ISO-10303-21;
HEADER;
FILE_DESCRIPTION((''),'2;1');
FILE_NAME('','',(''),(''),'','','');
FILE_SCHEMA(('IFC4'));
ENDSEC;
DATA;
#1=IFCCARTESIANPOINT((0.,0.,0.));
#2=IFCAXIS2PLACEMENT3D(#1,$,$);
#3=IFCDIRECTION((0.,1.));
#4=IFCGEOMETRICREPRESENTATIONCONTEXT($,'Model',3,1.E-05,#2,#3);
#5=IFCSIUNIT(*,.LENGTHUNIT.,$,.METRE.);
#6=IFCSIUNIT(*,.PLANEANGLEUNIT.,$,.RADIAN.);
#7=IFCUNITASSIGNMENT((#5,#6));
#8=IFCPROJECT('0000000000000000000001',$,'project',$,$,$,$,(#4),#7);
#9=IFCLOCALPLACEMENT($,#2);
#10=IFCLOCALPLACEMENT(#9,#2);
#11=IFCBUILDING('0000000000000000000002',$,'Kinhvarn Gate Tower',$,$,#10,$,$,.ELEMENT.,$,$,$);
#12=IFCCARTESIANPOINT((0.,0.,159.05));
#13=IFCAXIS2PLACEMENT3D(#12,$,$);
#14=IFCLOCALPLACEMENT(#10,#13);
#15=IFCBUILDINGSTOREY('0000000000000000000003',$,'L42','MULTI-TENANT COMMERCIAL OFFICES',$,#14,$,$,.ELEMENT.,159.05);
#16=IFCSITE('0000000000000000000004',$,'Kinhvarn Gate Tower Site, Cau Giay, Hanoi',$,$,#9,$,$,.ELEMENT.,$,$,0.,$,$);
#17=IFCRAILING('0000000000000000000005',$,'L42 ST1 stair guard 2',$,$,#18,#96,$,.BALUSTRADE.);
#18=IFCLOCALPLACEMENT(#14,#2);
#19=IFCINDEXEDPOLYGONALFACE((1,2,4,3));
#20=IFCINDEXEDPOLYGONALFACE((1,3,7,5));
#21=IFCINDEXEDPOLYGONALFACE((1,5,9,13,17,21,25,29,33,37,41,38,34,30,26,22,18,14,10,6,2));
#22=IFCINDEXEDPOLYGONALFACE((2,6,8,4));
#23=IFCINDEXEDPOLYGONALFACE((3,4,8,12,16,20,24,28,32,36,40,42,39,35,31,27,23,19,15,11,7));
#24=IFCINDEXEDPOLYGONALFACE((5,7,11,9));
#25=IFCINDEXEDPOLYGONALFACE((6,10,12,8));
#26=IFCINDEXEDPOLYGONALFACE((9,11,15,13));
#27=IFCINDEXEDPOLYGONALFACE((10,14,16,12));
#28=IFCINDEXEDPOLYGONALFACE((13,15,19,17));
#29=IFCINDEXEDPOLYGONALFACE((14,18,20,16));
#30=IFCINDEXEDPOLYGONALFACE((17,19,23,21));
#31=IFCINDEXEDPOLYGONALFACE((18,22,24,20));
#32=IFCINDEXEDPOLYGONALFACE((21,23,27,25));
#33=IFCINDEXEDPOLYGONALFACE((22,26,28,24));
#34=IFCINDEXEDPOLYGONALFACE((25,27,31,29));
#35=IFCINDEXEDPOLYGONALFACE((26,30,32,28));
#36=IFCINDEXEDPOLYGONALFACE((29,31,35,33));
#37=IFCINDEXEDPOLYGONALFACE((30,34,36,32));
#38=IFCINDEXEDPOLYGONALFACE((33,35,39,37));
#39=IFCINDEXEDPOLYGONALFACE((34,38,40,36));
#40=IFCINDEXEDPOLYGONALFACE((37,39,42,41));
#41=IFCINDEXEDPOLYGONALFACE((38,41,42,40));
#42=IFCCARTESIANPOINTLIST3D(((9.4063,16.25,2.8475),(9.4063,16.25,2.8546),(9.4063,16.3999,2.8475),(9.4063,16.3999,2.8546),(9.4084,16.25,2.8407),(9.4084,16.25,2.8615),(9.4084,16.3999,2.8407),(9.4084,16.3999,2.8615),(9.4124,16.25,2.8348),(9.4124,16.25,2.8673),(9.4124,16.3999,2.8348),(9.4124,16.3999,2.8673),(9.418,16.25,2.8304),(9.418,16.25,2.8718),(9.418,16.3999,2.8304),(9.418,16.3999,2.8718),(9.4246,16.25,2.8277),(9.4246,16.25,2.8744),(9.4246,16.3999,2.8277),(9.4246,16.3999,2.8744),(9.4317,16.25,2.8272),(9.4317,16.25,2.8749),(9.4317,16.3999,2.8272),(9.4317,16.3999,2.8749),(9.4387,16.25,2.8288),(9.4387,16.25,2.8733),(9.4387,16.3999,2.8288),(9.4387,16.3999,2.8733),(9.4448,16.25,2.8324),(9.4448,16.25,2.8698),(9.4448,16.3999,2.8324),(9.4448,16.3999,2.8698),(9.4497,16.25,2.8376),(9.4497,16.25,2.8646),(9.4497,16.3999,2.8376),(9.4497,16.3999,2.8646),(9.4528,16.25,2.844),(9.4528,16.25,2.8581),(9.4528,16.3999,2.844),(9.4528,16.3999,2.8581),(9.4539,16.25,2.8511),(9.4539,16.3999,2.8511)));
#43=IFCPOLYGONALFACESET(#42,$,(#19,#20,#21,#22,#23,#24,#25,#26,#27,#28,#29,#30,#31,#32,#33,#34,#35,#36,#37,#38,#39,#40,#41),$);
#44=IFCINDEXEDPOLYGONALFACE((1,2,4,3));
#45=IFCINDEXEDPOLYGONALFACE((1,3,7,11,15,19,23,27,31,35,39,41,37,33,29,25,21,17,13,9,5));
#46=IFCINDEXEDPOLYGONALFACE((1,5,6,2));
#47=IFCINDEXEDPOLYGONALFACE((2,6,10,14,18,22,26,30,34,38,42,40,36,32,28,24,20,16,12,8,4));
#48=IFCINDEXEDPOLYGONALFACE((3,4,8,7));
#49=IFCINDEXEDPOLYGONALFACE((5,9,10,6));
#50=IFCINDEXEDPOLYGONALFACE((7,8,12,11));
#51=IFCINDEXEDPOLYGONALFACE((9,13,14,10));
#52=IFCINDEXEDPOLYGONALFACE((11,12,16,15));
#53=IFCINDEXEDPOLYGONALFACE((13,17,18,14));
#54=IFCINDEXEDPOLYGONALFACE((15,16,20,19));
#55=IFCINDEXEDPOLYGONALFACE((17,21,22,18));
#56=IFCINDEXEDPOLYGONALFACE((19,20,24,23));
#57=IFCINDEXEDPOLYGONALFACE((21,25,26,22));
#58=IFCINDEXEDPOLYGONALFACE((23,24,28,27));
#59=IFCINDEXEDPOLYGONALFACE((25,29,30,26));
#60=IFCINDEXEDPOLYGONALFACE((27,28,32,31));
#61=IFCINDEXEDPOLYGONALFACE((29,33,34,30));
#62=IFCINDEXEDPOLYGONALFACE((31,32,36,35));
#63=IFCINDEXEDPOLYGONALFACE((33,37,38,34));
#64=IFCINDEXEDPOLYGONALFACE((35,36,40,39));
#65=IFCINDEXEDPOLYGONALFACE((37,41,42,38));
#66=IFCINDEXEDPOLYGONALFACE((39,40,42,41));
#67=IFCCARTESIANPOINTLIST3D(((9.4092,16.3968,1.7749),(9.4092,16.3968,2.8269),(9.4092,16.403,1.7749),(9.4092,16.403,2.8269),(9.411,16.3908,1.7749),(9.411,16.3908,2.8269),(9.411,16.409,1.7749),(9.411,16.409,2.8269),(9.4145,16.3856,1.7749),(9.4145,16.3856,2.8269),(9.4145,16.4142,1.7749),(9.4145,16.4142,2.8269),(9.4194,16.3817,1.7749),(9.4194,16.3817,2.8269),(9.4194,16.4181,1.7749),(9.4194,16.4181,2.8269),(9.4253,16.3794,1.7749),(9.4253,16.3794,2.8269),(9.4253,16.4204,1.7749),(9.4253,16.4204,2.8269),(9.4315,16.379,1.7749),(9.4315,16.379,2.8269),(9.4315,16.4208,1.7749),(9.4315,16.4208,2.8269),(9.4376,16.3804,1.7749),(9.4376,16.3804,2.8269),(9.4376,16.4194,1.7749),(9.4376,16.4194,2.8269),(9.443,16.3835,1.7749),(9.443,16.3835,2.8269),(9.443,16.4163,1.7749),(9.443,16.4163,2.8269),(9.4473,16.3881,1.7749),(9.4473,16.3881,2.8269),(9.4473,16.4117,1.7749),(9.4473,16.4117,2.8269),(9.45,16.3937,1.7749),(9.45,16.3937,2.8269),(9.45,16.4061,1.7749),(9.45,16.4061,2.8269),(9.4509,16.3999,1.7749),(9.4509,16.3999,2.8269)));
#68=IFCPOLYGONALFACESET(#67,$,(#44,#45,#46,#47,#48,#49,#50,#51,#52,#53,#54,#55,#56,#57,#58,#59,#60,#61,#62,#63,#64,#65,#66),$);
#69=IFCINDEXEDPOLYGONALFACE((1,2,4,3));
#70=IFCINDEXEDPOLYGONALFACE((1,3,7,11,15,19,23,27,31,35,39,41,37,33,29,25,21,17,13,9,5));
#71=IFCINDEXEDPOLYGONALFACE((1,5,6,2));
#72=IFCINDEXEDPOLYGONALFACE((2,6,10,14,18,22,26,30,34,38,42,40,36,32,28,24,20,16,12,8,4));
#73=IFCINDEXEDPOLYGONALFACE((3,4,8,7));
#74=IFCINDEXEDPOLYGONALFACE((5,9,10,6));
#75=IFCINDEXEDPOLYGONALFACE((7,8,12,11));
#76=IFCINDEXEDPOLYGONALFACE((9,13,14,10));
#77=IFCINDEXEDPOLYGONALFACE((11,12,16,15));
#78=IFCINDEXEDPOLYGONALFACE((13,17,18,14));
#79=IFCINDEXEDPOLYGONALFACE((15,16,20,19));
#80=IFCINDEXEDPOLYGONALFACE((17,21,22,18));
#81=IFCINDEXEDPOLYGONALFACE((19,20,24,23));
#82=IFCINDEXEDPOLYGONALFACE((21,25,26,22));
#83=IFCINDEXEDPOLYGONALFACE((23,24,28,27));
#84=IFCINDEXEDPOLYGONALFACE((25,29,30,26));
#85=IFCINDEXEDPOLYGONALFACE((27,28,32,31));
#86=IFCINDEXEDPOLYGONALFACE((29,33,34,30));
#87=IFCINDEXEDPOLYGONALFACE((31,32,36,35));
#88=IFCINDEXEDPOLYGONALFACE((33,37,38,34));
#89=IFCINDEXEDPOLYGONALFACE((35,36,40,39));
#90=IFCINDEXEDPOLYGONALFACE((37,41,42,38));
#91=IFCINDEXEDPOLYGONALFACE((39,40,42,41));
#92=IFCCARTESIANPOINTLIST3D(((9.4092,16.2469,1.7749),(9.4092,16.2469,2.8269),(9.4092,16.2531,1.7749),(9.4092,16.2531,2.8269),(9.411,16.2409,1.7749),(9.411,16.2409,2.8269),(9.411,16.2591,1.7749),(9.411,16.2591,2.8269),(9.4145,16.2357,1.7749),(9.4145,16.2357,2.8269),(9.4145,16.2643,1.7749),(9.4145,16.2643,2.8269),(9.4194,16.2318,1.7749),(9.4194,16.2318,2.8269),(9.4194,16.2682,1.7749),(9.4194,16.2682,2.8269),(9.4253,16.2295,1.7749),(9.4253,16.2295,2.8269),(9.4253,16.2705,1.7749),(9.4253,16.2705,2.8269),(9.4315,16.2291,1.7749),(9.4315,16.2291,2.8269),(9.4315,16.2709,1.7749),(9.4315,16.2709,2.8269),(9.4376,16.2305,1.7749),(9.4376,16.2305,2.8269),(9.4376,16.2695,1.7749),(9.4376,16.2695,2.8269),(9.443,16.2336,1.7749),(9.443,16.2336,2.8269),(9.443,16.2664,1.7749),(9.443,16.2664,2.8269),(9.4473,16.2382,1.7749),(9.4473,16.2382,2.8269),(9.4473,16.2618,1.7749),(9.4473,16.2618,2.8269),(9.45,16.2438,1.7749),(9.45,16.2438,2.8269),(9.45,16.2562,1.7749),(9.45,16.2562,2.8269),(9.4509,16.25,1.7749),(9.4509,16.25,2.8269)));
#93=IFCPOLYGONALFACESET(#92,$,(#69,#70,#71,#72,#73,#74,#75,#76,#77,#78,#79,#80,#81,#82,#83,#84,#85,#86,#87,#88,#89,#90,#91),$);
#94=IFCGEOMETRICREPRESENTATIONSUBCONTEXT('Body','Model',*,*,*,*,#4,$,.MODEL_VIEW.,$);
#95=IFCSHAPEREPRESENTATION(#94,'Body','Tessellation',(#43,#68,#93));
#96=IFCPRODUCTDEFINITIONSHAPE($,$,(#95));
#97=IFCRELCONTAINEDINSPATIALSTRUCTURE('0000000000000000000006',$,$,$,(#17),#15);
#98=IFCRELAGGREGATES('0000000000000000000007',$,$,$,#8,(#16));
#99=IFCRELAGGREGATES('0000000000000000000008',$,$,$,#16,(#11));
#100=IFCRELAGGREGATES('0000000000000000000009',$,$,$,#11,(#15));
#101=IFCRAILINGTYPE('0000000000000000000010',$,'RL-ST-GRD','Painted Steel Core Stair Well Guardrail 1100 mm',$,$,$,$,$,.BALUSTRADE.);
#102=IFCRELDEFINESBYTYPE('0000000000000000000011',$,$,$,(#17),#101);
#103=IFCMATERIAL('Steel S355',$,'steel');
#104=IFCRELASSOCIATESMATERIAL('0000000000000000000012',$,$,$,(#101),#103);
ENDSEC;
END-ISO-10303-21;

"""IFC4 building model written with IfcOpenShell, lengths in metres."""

from ifc_helpers import new_model, si_unit, direction, frame, origin, origin_2d, place, context, subcontext, project, spatial, circle, extrude, material, type_object, element, save


model = new_model("IFC4")

# Units and contexts
model_context = context("Model", 3, precision=1e-05, world=origin(), true_north=direction((0.0, 1.0)))
body_context = subcontext(model_context, "Body", "Model", "MODEL_VIEW")
ifc_project = project(units=[si_unit("LENGTHUNIT", "METRE"), si_unit("PLANEANGLEUNIT", "RADIAN")], contexts=[model_context])

# Site, building, storey
site_placement = place(None, origin())
site = spatial("IfcSite", under=ifc_project, at=site_placement, Name="Kinhvarn Gate Tower Site, Cau Giay, Hanoi", CompositionType="ELEMENT", RefElevation=0.0)
building_placement = place(site_placement, origin())
building = spatial("IfcBuilding", under=site, at=building_placement, Name="Kinhvarn Gate Tower", CompositionType="ELEMENT")
storey_placement = place(building_placement, frame((0.0, 0.0, 159.05)))
storey = spatial("IfcBuildingStorey", under=building, at=storey_placement, Name="L42", Description="MULTI-TENANT COMMERCIAL OFFICES", CompositionType="ELEMENT", Elevation=159.05)

# Shared definitions
ifc_material_1 = material(Name="Steel S355", Category="steel")

# Railing
railing_type_1 = type_object("IfcRailingType", Name="RL-ST-GRD", Description="Painted Steel Core Stair Well Guardrail 1100 mm", PredefinedType="BALUSTRADE", material=ifc_material_1)
railing_1_placement = place(storey_placement, frame((9.4299, 16.3999, 1.7749)))
element("IfcRailing", 1, at=railing_1_placement, inside=storey, type_object=railing_type_1, Name="L42 ST1 stair guard 2", PredefinedType="BALUSTRADE", context=body_context, shape_type="SweptSolid", body=[
    extrude(circle(Radius=0.0239, at=origin_2d()), frame((0.0, 0.0, 1.0762), z_axis=(0.0, -1.0, 0.0), x_axis=(1.0, 0.0, 0.0)), (0.0, 0.0, 1.0), 0.1499),
    extrude(circle(Radius=0.021, at=origin_2d()), origin(), (0.0, 0.0, 1.0), 1.052),
    extrude(circle(Radius=0.021, at=origin_2d()), frame((0.0, -0.1499, 0.0)), (0.0, 0.0, 1.0), 1.052),
])

save(model, "model.ifc")
